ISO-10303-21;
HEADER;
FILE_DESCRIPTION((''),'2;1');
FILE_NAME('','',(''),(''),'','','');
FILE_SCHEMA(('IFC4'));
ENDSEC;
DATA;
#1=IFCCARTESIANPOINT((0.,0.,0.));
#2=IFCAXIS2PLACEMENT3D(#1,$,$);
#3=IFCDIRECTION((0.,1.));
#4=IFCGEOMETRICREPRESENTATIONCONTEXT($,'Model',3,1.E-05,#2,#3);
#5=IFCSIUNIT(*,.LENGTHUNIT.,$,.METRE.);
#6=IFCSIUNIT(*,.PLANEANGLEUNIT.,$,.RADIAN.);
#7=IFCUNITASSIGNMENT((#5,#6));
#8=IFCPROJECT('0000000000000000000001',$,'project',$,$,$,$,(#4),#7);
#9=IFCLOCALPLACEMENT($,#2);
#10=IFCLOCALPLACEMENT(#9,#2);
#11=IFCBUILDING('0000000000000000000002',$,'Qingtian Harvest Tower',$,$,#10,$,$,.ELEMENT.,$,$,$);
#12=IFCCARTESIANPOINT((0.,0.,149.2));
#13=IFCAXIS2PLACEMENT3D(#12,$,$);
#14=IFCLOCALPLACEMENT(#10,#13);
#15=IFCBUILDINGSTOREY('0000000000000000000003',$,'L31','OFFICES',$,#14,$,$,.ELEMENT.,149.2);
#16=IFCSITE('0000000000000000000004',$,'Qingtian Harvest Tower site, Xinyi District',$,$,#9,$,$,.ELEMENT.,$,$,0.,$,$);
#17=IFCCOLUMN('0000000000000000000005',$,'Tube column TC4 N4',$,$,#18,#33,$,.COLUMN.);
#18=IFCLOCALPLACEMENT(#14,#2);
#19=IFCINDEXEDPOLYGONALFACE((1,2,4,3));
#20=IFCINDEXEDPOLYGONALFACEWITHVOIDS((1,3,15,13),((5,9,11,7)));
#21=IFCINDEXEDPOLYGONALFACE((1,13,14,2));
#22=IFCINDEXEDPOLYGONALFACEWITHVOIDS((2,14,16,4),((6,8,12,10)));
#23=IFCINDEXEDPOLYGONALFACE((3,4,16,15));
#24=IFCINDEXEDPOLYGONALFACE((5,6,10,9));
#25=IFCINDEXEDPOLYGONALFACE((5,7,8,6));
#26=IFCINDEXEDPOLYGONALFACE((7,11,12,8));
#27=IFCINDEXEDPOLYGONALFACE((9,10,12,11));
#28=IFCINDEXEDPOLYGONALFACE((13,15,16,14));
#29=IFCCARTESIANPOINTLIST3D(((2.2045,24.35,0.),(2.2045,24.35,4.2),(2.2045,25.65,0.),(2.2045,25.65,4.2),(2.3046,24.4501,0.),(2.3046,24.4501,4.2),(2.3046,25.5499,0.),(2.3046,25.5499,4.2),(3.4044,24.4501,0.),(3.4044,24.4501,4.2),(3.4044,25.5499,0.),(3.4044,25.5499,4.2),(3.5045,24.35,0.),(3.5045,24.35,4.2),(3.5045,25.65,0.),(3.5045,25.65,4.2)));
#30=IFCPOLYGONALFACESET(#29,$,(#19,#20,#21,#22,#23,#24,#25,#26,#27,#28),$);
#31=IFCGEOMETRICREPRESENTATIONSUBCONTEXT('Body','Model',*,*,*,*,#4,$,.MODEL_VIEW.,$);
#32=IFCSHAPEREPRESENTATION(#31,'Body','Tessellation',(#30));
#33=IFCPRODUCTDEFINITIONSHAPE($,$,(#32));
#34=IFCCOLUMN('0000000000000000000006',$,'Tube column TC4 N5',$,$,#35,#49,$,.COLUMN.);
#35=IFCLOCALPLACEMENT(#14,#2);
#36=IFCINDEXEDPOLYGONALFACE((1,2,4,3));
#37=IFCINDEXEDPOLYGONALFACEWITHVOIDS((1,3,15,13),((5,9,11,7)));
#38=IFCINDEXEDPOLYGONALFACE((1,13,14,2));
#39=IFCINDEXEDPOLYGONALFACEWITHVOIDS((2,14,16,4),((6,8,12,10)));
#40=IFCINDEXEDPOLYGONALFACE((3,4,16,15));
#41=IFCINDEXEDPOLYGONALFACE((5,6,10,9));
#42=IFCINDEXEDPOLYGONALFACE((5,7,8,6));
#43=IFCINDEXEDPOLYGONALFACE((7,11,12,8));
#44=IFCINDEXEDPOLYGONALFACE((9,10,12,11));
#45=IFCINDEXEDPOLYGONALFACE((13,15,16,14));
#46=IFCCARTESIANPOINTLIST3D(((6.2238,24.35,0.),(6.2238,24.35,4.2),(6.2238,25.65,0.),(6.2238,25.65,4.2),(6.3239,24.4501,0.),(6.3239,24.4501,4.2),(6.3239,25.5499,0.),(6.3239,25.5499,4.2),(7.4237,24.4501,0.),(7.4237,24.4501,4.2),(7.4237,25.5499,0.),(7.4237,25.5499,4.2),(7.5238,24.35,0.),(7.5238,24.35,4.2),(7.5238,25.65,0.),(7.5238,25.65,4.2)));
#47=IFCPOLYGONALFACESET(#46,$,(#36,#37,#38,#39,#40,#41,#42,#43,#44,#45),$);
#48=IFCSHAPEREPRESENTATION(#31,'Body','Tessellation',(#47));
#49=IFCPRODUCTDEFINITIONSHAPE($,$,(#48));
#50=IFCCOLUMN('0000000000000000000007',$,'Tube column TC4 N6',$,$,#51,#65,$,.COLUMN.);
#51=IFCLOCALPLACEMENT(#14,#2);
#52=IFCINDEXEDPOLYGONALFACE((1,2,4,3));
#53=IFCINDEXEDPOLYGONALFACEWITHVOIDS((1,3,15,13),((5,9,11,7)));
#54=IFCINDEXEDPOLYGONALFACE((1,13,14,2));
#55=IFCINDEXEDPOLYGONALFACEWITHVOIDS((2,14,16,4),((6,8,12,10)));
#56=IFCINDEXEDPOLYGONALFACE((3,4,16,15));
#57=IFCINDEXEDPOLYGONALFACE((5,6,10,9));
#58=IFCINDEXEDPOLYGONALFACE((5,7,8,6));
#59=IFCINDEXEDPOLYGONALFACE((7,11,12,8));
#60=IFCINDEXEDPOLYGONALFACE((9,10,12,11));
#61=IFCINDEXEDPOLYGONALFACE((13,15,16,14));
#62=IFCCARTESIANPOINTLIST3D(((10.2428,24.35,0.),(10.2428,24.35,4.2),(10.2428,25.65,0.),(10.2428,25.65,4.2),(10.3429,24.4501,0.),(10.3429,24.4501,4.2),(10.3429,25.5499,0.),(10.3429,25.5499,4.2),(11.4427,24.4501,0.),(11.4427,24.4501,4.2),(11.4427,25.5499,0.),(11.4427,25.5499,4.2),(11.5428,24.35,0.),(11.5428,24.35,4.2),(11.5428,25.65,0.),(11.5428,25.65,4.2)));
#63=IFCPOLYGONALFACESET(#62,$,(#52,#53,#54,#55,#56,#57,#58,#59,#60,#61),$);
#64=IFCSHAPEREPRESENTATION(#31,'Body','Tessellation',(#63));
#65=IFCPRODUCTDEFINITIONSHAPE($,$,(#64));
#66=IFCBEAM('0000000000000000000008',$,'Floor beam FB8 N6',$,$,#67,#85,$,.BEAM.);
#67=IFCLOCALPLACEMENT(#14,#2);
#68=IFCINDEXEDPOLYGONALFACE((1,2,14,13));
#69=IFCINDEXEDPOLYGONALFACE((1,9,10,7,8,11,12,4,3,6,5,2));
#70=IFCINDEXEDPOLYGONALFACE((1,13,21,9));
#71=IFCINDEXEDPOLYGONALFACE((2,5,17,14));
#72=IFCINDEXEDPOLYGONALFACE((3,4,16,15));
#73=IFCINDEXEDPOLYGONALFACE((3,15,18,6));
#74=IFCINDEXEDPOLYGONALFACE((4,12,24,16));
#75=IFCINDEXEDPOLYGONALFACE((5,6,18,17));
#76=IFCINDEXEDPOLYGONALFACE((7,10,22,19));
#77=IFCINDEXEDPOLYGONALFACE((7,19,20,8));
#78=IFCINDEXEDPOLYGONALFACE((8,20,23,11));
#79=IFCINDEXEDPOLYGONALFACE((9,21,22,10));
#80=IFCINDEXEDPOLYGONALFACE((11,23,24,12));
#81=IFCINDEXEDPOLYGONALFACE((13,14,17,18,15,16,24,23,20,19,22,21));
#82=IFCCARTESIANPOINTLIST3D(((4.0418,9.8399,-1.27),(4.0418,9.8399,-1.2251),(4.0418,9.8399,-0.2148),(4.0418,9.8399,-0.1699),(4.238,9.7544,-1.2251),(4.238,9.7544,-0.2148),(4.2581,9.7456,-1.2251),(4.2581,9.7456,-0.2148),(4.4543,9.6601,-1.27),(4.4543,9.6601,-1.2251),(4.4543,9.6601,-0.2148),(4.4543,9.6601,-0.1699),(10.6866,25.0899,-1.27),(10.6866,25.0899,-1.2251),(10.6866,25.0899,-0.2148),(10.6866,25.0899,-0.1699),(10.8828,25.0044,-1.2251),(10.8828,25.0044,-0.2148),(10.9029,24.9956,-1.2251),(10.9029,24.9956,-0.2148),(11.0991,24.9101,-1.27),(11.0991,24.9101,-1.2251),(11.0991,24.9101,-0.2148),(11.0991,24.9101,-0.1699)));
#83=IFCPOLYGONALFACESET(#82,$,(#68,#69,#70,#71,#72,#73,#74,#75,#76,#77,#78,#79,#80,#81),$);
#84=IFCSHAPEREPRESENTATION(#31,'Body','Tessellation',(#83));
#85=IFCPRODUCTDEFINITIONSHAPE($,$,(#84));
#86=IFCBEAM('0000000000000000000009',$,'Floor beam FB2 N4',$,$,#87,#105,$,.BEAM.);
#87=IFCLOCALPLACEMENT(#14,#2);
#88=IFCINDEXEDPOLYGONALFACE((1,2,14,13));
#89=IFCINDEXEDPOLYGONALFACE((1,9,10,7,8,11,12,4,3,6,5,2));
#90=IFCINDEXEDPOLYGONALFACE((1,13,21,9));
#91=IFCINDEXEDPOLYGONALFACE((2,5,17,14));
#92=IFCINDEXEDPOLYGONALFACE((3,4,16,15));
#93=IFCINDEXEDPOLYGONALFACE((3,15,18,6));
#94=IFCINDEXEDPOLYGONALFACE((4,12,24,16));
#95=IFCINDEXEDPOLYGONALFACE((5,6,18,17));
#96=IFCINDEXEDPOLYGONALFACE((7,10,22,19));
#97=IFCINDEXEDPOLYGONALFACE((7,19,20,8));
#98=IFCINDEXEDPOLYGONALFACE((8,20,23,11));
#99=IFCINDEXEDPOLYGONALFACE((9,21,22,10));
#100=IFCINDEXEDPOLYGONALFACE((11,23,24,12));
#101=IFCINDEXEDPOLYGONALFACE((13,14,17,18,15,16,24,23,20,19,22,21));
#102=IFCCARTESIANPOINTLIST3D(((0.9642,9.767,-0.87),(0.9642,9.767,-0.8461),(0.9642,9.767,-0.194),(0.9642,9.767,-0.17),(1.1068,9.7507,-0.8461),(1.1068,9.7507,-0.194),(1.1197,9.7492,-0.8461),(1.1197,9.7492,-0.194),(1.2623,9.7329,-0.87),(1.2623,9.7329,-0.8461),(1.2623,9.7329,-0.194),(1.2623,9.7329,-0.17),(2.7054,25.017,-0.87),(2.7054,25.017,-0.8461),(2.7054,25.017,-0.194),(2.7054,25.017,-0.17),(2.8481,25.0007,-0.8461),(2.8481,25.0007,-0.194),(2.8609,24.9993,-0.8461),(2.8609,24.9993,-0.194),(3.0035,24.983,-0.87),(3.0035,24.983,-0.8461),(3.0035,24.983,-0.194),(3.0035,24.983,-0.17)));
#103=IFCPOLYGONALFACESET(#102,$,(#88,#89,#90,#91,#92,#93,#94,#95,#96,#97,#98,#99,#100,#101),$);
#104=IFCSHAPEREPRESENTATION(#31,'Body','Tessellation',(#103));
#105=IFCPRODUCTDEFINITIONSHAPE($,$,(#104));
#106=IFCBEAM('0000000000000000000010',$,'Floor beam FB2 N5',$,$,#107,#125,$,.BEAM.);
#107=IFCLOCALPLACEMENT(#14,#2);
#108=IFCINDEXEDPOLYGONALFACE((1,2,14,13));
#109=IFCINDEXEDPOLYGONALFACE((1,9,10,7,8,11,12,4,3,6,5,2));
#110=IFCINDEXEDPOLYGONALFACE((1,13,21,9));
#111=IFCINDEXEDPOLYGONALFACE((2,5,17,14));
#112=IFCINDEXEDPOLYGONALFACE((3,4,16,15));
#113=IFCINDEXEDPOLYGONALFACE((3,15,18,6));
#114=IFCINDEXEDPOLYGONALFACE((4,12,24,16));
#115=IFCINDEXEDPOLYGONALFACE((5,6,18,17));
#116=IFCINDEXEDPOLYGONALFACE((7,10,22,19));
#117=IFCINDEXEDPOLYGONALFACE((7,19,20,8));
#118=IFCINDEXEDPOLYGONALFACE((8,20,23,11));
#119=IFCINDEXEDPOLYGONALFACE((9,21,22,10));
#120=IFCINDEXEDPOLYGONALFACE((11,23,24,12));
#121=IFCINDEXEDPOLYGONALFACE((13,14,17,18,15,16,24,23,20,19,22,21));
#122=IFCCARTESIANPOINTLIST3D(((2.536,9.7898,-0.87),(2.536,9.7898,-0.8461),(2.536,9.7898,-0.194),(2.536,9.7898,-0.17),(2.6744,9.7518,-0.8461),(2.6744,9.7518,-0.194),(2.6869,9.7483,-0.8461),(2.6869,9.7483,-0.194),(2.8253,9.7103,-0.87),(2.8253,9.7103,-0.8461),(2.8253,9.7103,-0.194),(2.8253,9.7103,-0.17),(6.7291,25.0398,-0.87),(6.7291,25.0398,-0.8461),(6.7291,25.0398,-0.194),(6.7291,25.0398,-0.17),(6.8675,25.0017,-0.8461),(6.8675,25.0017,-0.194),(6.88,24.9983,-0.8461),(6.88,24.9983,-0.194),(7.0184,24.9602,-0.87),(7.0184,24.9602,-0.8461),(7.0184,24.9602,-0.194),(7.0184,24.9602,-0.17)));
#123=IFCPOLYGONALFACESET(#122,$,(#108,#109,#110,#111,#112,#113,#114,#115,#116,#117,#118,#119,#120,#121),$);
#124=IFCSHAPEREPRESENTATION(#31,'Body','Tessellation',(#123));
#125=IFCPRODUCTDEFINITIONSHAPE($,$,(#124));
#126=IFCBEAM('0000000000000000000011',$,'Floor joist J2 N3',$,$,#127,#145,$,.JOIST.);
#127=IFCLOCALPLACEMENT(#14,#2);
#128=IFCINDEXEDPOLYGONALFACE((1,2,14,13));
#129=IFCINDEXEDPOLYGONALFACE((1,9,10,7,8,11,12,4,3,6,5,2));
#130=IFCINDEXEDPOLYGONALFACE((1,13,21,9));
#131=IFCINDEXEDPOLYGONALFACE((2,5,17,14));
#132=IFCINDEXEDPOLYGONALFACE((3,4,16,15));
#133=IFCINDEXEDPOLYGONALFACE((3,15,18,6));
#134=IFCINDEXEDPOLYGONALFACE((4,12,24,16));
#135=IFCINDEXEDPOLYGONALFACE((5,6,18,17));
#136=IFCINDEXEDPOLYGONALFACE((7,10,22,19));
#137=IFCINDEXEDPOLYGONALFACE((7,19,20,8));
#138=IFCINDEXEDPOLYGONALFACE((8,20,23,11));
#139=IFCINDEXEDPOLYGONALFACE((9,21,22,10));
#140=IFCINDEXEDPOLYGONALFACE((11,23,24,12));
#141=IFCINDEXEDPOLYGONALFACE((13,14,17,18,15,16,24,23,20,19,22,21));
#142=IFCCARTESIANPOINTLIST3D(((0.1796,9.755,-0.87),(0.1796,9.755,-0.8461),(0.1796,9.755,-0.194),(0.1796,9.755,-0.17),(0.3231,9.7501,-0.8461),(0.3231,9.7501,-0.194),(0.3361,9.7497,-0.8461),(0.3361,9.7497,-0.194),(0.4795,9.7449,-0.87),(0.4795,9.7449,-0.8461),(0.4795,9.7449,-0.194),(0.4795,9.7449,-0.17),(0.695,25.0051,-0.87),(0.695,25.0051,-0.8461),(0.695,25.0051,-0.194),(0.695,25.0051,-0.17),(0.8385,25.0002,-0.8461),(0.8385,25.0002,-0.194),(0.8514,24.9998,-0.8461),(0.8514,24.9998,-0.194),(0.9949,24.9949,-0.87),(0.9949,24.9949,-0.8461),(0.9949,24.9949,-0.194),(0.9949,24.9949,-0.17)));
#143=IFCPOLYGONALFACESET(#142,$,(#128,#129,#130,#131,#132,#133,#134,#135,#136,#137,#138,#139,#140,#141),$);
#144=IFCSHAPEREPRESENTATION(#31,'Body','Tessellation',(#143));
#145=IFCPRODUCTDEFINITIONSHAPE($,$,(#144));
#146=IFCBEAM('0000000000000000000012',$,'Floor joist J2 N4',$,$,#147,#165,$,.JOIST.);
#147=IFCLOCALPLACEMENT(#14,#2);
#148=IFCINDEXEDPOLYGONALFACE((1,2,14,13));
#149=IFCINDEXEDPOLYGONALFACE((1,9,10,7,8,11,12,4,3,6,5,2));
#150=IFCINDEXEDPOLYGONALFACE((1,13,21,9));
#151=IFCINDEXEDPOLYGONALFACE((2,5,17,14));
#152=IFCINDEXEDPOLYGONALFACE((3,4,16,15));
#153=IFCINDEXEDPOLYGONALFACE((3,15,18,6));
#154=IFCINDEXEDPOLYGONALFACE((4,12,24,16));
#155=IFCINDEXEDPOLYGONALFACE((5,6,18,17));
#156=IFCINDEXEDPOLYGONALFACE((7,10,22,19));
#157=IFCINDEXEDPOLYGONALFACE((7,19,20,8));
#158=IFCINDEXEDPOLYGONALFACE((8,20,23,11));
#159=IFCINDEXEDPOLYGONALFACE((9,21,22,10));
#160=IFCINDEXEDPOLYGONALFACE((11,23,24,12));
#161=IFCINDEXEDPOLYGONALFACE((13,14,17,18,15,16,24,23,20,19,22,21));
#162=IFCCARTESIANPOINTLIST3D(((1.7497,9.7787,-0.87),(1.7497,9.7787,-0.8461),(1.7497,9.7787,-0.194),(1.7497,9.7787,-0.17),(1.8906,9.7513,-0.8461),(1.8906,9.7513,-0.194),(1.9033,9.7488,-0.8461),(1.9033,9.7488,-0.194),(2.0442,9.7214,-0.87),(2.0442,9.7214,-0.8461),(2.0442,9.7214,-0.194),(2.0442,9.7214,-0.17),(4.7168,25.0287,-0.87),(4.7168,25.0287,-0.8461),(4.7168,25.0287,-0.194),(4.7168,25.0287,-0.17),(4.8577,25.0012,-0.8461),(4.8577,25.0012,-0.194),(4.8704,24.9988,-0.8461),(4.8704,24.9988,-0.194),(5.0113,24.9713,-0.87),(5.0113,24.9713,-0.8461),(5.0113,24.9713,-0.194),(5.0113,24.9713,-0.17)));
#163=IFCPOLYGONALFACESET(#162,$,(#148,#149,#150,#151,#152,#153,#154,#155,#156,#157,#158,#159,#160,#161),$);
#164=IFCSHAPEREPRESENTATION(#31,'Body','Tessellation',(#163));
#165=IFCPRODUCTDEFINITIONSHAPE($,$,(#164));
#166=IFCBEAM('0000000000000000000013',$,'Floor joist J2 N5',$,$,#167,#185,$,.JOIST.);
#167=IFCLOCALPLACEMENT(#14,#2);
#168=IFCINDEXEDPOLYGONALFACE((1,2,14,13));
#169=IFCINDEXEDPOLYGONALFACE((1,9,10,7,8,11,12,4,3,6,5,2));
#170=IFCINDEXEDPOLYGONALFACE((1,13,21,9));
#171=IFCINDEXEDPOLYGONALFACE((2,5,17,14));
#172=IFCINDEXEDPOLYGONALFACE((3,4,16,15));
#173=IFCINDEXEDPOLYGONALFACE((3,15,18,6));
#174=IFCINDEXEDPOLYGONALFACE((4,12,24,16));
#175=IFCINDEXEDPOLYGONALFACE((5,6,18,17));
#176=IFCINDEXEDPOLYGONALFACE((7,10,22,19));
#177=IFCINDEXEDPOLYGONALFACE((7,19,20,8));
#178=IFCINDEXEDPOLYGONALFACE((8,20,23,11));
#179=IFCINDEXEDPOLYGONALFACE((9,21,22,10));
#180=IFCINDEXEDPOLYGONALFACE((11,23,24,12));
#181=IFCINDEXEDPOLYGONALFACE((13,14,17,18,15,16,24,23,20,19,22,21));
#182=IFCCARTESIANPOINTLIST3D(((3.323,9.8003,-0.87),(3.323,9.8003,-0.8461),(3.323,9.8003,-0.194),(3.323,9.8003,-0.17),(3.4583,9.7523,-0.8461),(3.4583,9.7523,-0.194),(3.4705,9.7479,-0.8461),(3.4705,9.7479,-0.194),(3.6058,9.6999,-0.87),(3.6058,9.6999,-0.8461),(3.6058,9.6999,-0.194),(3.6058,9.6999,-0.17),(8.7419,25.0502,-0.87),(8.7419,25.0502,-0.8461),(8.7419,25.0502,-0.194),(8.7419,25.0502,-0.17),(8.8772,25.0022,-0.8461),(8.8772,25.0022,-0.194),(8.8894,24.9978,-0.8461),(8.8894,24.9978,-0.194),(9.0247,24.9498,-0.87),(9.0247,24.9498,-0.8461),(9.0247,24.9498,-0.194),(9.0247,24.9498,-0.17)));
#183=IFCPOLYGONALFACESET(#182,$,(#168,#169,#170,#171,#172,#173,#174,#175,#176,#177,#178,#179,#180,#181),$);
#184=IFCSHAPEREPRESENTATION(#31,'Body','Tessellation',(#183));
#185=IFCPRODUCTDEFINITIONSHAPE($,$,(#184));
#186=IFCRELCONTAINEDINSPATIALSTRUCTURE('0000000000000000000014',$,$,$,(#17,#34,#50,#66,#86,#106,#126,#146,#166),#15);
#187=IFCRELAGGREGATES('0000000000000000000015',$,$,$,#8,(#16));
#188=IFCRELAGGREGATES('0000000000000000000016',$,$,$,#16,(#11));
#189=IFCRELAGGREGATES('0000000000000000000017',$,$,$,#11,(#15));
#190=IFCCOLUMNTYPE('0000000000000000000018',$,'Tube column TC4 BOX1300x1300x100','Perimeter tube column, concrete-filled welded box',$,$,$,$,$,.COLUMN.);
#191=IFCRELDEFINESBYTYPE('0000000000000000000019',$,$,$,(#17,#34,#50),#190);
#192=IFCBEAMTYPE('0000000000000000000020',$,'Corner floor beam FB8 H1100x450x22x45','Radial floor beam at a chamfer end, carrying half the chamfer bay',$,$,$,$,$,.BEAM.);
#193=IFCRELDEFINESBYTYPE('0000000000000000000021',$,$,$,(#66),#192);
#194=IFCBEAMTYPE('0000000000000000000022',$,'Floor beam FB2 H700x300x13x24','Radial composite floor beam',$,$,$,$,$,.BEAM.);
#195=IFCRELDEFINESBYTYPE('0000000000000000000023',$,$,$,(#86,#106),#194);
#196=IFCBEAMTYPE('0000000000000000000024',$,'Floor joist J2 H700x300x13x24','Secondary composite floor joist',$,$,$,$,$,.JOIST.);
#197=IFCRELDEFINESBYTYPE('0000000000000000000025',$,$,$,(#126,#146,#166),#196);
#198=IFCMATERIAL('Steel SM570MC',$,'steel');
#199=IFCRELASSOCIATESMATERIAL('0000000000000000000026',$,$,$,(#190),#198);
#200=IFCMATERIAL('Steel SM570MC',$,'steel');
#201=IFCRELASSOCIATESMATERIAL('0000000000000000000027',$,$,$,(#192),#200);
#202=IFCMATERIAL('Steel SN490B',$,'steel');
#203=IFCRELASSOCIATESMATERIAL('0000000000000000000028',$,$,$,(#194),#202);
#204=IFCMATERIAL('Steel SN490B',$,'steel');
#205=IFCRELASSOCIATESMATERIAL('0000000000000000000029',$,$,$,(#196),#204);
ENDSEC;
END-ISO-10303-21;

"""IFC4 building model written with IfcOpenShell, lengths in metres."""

from ifc_helpers import new_model, si_unit, direction, frame, origin, origin_2d, place, context, subcontext, project, spatial, hollow_rectangle, i_section, extrude, material, material_profile, profile_set, type_object, element, save


model = new_model("IFC4")

# Units and contexts
model_context = context("Model", 3, precision=1e-05, world=origin(), true_north=direction((0.0, 1.0)))
body_context = subcontext(model_context, "Body", "Model", "MODEL_VIEW")
ifc_project = project(units=[si_unit("LENGTHUNIT", "METRE"), si_unit("PLANEANGLEUNIT", "RADIAN")], contexts=[model_context])

# Site, building, storey
site_placement = place(None, origin())
site = spatial("IfcSite", under=ifc_project, at=site_placement, Name="Qingtian Harvest Tower site, Xinyi District", CompositionType="ELEMENT", RefElevation=0.0)
building_placement = place(site_placement, origin())
building = spatial("IfcBuilding", under=site, at=building_placement, Name="Qingtian Harvest Tower", CompositionType="ELEMENT")
storey_placement = place(building_placement, frame((0.0, 0.0, 149.2)))
storey = spatial("IfcBuildingStorey", under=building, at=storey_placement, Name="L31", Description="OFFICES", CompositionType="ELEMENT", Elevation=149.2)

# Columns
ifc_material_1 = material(Name="Steel SM570MC", Category="steel")
ifc_material_profile_1 = material_profile(ifc_material_1, hollow_rectangle(XDim=1.3, YDim=1.3, WallThickness=0.1001, at=origin_2d()), Name="BOX1300x1300x100")
ifc_profile_set_1 = profile_set([ifc_material_profile_1], Name="Steel SM570MC")
column_type = type_object("IfcColumnType", Name="Tube column TC4 BOX1300x1300x100", Description="Perimeter tube column, concrete-filled welded box", PredefinedType="COLUMN", material=ifc_profile_set_1)
for number, where, z_axis, x_axis, name in (
    (1, (2.8545, 25.0, 0.0), (0.0, 0.0, 1.0), (-1.0, 0.0, 0.0), "Tube column TC4 N4"),
    (2, (6.8738, 25.0, 0.0), (0.0, 0.0, 1.0), (-1.0, 0.0, 0.0), "Tube column TC4 N5"),
    (3, (10.8928, 25.0, 0.0), (0.0, 0.0, 1.0), (-1.0, 0.0, 0.0), "Tube column TC4 N6"),
):
    element("IfcColumn", number, at=place(storey_placement, frame(where, z_axis=z_axis, x_axis=x_axis)), inside=storey, type_object=column_type, Name=name, PredefinedType="COLUMN", context=body_context, shape_type="SweptSolid", body=[
        extrude(hollow_rectangle(XDim=1.3, YDim=1.3, WallThickness=0.1001, at=origin_2d()), origin(), (0.0, 0.0, 1.0), 4.2),
    ])

# Beams
ifc_material_2 = material(Name="Steel SM570MC", Category="steel")
ifc_material_profile_2 = material_profile(ifc_material_2, i_section(OverallWidth=0.45, OverallDepth=1.1001, WebThickness=0.022, FlangeThickness=0.0449, at=origin_2d()), Name="H1100x450x22x45")
ifc_profile_set_2 = profile_set([ifc_material_profile_2], Name="Steel SM570MC")
beam_type_1 = type_object("IfcBeamType", Name="Corner floor beam FB8 H1100x450x22x45", Description="Radial floor beam at a chamfer end, carrying half the chamfer bay", PredefinedType="BEAM", material=ifc_profile_set_2)
beam_1_placement = place(storey_placement, frame((10.8928, 25.0, -0.72), z_axis=(-0.399451, -0.916755, 0.0), x_axis=(0.916755, -0.399451, 0.0)))
element("IfcBeam", 4, at=beam_1_placement, inside=storey, type_object=beam_type_1, Name="Floor beam FB8 N6", PredefinedType="BEAM", context=body_context, shape_type="SweptSolid", body=[
    extrude(i_section(OverallWidth=0.45, OverallDepth=1.1001, WebThickness=0.022, FlangeThickness=0.0449, at=origin_2d()), origin(), (0.0, 0.0, 1.0), 16.6348),
])
ifc_material_3 = material(Name="Steel SN490B", Category="steel")
ifc_material_profile_3 = material_profile(ifc_material_3, i_section(OverallWidth=0.3, OverallDepth=0.7, WebThickness=0.0129, FlangeThickness=0.0239, at=origin_2d()), Name="H700x300x13x24")
ifc_profile_set_3 = profile_set([ifc_material_profile_3], Name="Steel SN490B")
beam_type_2 = type_object("IfcBeamType", Name="Floor beam FB2 H700x300x13x24", Description="Radial composite floor beam", PredefinedType="BEAM", material=ifc_profile_set_3)
beam_2_placement = place(storey_placement, frame((2.8545, 25.0, -0.52), z_axis=(-0.113441, -0.993545, 0.0), x_axis=(0.993545, -0.113441, 0.0)))
element("IfcBeam", 5, at=beam_2_placement, inside=storey, type_object=beam_type_2, Name="Floor beam FB2 N4", PredefinedType="BEAM", context=body_context, shape_type="SweptSolid", body=[
    extrude(i_section(OverallWidth=0.3, OverallDepth=0.7, WebThickness=0.0129, FlangeThickness=0.0239, at=origin_2d()), origin(), (0.0, 0.0, 1.0), 15.3491),
])
beam_3_placement = place(storey_placement, frame((6.8738, 25.0, -0.52), z_axis=(-0.265119, -0.964216, 0.0), x_axis=(0.964216, -0.265119, 0.0)))
element("IfcBeam", 6, at=beam_3_placement, inside=storey, type_object=beam_type_2, Name="Floor beam FB2 N5", PredefinedType="BEAM", context=body_context, shape_type="SweptSolid", body=[
    extrude(i_section(OverallWidth=0.3, OverallDepth=0.7, WebThickness=0.0129, FlangeThickness=0.0239, at=origin_2d()), origin(), (0.0, 0.0, 1.0), 15.8159),
])
ifc_material_4 = material(Name="Steel SN490B", Category="steel")
ifc_material_profile_4 = material_profile(ifc_material_4, i_section(OverallWidth=0.3, OverallDepth=0.7, WebThickness=0.0129, FlangeThickness=0.0239, at=origin_2d()), Name="H700x300x13x24")
ifc_profile_set_4 = profile_set([ifc_material_profile_4], Name="Steel SN490B")
beam_type_3 = type_object("IfcBeamType", Name="Floor joist J2 H700x300x13x24", Description="Secondary composite floor joist", PredefinedType="JOIST", material=ifc_profile_set_4)
beam_4_placement = place(storey_placement, frame((0.845, 25.0, -0.52), z_axis=(-0.033776, -0.999429, 0.0), x_axis=(0.999429, -0.033776, 0.0)))
element("IfcBeam", 7, at=beam_4_placement, inside=storey, type_object=beam_type_3, Name="Floor joist J2 N3", PredefinedType="JOIST", context=body_context, shape_type="SweptSolid", body=[
    extrude(i_section(OverallWidth=0.3, OverallDepth=0.7, WebThickness=0.0129, FlangeThickness=0.0239, at=origin_2d()), origin(), (0.0, 0.0, 1.0), 15.2588),
])
beam_5_placement = place(storey_placement, frame((4.864, 25.0, -0.52), z_axis=(-0.190979, -0.981594, 0.0), x_axis=(0.981594, -0.190979, 0.0)))
element("IfcBeam", 8, at=beam_5_placement, inside=storey, type_object=beam_type_3, Name="Floor joist J2 N4", PredefinedType="JOIST", context=body_context, shape_type="SweptSolid", body=[
    extrude(i_section(OverallWidth=0.3, OverallDepth=0.7, WebThickness=0.0129, FlangeThickness=0.0239, at=origin_2d()), origin(), (0.0, 0.0, 1.0), 15.5359),
])
beam_6_placement = place(storey_placement, frame((8.8833, 25.0, -0.52), z_axis=(-0.33483, -0.942279, 0.0), x_axis=(0.942279, -0.33483, 0.0)))
element("IfcBeam", 9, at=beam_6_placement, inside=storey, type_object=beam_type_3, Name="Floor joist J2 N5", PredefinedType="JOIST", context=body_context, shape_type="SweptSolid", body=[
    extrude(i_section(OverallWidth=0.3, OverallDepth=0.7, WebThickness=0.0129, FlangeThickness=0.0239, at=origin_2d()), origin(), (0.0, 0.0, 1.0), 16.1841),
])

save(model, "model.ifc")
